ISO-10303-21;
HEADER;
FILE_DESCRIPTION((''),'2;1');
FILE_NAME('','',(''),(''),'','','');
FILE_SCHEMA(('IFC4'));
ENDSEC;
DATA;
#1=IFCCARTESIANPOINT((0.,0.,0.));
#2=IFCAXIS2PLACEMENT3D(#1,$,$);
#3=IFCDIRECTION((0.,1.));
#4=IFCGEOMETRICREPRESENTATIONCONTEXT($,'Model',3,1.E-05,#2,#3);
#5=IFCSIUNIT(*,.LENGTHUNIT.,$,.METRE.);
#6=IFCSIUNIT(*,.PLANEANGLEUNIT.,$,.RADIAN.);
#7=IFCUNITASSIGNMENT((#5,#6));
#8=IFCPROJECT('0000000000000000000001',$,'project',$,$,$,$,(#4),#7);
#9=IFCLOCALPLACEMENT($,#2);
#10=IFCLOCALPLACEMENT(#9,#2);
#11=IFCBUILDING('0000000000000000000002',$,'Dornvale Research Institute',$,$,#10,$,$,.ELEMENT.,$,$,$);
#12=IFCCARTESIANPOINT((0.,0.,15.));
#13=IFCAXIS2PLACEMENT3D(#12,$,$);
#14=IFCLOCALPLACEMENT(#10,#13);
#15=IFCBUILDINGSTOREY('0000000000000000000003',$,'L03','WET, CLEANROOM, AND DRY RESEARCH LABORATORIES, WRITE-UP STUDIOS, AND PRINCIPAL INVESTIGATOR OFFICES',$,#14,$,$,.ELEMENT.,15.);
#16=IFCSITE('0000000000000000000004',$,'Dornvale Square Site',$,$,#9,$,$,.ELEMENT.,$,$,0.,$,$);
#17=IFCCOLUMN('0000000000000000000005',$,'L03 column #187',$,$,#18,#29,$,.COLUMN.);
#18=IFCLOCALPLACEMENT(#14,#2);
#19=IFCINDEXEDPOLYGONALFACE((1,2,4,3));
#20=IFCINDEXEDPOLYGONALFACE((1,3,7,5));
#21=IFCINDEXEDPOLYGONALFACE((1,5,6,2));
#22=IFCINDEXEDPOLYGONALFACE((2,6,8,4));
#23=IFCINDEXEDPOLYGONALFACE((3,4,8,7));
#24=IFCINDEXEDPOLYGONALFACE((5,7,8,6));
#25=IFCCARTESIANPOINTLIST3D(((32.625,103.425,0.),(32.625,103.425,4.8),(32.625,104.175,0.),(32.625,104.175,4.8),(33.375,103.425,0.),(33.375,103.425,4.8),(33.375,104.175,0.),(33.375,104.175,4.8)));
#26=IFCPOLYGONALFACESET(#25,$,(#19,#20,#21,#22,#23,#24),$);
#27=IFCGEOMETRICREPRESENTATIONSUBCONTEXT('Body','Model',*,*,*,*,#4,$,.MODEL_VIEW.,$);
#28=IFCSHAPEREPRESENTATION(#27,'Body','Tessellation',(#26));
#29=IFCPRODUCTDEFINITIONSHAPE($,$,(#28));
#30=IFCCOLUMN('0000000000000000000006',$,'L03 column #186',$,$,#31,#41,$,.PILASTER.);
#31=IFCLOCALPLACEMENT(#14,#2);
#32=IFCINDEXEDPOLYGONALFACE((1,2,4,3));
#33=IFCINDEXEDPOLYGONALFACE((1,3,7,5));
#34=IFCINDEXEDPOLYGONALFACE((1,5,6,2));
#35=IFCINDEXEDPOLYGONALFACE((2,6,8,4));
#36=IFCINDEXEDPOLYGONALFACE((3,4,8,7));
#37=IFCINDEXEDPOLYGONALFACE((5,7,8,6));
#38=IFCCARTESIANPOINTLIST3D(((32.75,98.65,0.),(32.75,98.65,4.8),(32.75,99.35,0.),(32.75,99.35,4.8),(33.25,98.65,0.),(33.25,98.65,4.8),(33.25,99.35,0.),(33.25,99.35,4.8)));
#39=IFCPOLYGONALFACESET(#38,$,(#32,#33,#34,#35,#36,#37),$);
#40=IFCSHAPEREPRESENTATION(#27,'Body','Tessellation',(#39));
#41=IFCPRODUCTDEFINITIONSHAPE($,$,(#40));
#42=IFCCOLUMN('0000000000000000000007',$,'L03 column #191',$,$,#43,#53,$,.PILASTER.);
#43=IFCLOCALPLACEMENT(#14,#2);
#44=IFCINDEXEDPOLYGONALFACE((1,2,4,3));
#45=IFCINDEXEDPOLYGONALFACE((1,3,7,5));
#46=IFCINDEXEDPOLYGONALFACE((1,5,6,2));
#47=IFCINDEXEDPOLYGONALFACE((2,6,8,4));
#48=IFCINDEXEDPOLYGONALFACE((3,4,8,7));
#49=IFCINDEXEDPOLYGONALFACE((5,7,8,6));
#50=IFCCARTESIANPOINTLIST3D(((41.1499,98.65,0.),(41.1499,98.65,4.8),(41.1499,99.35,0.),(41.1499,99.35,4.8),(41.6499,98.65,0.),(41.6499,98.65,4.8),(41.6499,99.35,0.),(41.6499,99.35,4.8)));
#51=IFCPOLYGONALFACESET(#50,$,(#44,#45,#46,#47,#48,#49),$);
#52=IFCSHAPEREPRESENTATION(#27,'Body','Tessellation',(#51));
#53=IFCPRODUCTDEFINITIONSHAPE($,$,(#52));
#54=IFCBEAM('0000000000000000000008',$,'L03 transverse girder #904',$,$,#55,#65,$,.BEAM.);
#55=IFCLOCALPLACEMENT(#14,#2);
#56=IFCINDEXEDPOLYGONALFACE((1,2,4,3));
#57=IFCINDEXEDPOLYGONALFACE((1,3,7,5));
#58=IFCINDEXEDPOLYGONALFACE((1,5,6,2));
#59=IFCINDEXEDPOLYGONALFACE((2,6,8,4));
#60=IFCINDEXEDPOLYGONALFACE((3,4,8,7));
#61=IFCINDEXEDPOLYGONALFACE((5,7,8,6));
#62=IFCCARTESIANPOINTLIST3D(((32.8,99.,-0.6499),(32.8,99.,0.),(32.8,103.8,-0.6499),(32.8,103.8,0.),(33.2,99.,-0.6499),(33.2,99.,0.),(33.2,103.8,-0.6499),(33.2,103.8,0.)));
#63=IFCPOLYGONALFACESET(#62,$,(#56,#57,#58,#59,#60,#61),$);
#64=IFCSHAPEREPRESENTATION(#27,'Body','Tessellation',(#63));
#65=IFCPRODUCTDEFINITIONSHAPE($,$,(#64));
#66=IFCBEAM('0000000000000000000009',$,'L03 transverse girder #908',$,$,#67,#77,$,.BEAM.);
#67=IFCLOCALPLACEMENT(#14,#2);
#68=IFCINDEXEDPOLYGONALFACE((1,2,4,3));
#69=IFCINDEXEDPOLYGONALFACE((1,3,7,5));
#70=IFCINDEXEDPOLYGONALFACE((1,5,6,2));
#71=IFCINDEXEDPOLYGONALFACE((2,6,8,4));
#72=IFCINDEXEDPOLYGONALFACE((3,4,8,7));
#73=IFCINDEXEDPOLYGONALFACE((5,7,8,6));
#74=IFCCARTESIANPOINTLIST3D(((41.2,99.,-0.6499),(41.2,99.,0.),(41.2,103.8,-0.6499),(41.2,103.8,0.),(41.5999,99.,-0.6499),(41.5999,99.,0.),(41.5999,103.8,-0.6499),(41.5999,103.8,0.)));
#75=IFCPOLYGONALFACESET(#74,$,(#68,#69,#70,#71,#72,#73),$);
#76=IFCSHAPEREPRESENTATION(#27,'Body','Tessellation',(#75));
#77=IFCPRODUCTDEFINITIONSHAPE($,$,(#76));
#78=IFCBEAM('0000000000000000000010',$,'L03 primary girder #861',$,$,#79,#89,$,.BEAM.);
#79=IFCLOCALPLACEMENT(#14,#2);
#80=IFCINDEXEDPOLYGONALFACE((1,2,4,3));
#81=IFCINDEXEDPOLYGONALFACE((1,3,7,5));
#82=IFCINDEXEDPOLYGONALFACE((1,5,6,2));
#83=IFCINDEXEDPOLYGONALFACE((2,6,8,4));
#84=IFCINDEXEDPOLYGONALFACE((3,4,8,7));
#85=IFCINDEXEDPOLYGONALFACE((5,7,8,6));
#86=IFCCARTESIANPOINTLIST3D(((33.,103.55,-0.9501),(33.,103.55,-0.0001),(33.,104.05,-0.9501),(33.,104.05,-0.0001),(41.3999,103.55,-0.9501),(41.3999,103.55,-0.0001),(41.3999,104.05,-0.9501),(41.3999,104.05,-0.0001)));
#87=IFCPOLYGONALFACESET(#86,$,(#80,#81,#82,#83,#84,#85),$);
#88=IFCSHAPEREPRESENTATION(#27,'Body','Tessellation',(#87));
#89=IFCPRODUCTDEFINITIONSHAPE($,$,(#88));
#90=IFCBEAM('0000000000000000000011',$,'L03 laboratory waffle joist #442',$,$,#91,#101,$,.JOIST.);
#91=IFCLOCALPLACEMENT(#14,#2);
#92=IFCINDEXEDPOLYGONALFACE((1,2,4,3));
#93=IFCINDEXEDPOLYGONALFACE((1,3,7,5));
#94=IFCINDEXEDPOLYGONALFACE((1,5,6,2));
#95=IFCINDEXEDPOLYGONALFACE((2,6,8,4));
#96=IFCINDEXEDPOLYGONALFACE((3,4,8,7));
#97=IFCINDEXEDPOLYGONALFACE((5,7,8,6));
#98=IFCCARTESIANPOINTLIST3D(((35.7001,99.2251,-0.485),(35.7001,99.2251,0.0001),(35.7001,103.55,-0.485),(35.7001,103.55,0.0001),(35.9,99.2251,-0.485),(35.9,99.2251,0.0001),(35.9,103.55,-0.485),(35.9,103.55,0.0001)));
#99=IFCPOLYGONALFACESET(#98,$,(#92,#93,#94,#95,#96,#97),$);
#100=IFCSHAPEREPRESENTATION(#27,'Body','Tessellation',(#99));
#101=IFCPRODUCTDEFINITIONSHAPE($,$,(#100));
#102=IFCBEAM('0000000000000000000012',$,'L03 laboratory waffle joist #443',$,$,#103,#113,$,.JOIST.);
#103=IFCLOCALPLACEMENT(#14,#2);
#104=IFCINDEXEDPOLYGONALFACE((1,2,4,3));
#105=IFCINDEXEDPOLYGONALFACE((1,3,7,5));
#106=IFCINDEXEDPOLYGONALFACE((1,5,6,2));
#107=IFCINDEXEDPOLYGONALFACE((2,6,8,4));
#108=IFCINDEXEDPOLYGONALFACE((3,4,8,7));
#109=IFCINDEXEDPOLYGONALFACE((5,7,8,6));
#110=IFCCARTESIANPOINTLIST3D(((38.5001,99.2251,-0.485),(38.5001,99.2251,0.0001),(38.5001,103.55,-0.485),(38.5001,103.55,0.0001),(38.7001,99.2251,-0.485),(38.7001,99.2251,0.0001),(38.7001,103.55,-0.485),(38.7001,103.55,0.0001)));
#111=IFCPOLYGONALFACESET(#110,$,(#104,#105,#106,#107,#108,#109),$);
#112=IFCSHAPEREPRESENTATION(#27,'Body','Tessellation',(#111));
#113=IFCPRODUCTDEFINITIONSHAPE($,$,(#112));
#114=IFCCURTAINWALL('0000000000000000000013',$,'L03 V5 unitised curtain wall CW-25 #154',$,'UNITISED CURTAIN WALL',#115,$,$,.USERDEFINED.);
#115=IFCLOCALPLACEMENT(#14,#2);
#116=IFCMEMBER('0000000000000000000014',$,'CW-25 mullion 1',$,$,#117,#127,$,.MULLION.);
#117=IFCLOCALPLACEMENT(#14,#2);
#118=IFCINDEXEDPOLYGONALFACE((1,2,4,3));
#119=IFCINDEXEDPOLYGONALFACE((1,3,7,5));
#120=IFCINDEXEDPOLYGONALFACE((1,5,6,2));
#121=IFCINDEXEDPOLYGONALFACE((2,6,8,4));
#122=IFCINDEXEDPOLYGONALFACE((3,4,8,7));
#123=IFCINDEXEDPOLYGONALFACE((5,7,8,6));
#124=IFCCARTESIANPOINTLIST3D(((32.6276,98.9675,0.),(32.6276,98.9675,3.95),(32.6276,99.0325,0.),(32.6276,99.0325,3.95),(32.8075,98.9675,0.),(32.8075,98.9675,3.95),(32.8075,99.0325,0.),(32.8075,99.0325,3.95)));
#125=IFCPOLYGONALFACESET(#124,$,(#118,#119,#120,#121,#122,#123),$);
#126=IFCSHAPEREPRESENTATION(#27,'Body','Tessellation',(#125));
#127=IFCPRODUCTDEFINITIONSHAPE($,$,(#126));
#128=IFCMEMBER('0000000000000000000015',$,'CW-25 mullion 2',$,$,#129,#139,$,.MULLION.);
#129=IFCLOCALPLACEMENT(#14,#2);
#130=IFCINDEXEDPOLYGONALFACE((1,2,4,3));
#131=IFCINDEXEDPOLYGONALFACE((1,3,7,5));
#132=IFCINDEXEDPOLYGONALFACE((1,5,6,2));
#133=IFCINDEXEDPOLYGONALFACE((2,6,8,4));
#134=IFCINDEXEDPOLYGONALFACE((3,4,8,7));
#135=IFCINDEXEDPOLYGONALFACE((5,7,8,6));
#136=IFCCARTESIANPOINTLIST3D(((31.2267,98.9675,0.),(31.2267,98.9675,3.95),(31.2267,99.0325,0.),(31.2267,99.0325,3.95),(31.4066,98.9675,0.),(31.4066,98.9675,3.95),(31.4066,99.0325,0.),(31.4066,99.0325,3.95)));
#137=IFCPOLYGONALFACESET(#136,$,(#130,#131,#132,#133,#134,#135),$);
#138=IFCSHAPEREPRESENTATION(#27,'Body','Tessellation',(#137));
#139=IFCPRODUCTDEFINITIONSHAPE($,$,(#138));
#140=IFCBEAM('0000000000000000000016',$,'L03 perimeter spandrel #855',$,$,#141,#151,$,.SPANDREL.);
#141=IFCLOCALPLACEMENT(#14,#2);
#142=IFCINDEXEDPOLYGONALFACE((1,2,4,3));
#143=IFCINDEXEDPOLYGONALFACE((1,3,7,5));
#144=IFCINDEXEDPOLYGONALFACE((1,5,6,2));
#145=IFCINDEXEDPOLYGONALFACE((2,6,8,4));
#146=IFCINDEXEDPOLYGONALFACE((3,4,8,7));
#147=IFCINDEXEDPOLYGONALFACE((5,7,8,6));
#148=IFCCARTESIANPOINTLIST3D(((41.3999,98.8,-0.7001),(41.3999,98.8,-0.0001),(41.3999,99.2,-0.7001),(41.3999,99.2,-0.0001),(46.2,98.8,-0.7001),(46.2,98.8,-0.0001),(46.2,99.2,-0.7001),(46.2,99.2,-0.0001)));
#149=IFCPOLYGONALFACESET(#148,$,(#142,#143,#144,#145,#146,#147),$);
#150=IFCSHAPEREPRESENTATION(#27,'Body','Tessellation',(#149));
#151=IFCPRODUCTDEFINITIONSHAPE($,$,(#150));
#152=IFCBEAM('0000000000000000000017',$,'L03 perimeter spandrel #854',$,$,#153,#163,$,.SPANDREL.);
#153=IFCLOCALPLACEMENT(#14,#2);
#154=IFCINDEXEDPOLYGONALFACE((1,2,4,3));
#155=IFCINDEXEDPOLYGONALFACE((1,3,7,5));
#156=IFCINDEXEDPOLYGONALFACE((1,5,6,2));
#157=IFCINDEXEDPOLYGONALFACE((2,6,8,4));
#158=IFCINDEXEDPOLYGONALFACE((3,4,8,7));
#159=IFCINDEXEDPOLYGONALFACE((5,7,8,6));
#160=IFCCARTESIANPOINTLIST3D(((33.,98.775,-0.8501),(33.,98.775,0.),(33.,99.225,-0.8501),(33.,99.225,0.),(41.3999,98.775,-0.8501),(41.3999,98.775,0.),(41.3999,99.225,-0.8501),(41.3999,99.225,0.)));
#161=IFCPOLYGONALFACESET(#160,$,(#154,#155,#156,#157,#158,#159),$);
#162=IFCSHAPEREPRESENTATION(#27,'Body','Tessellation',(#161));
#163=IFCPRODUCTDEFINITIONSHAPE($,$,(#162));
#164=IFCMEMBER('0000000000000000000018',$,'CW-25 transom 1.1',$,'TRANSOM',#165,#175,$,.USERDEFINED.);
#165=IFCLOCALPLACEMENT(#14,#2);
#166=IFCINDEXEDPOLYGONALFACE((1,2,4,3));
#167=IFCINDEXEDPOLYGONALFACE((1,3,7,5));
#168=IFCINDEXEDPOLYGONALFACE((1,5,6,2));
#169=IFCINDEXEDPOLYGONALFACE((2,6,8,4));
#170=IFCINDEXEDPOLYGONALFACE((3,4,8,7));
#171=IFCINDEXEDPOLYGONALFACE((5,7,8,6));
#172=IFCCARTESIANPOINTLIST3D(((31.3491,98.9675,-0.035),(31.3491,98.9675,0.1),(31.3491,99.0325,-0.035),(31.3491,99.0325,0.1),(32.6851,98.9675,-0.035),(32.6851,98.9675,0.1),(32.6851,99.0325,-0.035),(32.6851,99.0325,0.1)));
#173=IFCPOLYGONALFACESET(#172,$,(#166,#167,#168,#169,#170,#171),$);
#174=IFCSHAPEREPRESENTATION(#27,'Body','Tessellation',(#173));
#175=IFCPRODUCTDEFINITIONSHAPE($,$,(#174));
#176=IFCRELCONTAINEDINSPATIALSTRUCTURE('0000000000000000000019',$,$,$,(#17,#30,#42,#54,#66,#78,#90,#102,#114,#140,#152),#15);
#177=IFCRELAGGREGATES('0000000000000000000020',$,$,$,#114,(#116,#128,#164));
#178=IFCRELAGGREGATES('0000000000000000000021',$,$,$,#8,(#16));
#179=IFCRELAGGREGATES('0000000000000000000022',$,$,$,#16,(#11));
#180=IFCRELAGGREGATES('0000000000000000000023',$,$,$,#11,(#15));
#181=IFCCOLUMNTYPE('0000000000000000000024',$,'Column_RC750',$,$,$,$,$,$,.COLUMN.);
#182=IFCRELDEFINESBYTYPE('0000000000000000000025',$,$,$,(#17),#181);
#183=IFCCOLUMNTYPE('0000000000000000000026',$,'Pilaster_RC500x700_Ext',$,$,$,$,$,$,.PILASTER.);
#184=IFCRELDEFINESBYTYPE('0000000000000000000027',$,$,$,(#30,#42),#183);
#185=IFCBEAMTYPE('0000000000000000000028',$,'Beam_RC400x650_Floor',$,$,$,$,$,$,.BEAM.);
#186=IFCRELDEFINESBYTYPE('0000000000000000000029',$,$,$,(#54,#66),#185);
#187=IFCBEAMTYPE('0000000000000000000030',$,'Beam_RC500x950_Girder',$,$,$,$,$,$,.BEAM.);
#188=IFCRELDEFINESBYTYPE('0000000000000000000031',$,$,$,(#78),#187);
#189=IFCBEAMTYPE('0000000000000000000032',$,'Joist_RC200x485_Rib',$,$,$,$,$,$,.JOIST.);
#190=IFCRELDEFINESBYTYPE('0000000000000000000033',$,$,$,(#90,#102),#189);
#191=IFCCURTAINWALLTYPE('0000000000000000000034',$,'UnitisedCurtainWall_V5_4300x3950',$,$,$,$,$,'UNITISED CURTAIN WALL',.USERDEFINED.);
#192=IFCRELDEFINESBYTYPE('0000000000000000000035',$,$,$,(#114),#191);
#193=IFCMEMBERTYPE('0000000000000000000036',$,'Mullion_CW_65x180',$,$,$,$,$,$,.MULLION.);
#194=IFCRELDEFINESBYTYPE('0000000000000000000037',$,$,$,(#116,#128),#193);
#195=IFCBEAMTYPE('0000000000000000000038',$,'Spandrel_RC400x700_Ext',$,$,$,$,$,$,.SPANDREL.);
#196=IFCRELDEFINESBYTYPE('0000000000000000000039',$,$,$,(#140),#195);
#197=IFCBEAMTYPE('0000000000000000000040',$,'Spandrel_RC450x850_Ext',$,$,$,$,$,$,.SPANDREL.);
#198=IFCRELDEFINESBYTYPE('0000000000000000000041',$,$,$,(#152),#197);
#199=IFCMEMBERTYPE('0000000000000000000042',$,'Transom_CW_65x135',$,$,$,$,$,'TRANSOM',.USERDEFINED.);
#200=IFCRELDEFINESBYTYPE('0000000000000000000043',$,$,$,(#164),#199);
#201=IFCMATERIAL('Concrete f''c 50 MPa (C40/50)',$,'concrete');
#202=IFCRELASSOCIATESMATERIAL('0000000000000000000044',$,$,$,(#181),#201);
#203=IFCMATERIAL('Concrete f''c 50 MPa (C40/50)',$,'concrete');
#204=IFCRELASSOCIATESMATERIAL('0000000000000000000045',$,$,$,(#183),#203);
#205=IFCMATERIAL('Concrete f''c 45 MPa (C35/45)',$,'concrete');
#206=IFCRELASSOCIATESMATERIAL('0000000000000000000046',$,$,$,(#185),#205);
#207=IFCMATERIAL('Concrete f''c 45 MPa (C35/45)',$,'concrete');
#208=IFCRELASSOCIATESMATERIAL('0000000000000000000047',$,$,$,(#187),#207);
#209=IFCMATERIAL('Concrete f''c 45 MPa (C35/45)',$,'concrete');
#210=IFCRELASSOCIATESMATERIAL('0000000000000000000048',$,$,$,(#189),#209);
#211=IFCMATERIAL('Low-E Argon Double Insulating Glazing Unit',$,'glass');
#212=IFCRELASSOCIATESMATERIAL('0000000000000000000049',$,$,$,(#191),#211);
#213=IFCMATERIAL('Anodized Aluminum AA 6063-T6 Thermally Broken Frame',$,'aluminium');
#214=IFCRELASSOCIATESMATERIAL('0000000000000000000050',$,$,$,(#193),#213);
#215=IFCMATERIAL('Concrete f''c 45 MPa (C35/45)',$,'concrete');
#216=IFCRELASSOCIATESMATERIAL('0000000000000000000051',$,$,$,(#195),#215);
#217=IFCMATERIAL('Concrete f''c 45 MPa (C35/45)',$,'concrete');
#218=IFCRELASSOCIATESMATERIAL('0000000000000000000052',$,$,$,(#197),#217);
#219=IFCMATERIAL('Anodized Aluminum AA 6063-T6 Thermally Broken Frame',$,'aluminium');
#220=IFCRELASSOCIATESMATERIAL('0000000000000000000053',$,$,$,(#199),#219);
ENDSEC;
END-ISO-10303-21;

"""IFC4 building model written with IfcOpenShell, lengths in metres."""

from ifc_helpers import new_model, si_unit, direction, frame, origin, origin_2d, place, context, subcontext, project, spatial, rectangle, extrude, material, material_profile, profile_set, type_object, element, aggregate, save


model = new_model("IFC4")

# Units and contexts
model_context = context("Model", 3, precision=1e-05, world=origin(), true_north=direction((0.0, 1.0)))
body_context = subcontext(model_context, "Body", "Model", "MODEL_VIEW")
ifc_project = project(units=[si_unit("LENGTHUNIT", "METRE"), si_unit("PLANEANGLEUNIT", "RADIAN")], contexts=[model_context])

# Site, building, storey
site_placement = place(None, origin())
site = spatial("IfcSite", under=ifc_project, at=site_placement, Name="Dornvale Square Site", CompositionType="ELEMENT", RefElevation=0.0)
building_placement = place(site_placement, origin())
building = spatial("IfcBuilding", under=site, at=building_placement, Name="Dornvale Research Institute", CompositionType="ELEMENT")
storey_placement = place(building_placement, frame((0.0, 0.0, 15.0)))
storey = spatial("IfcBuildingStorey", under=building, at=storey_placement, Name="L03", Description="WET, CLEANROOM, AND DRY RESEARCH LABORATORIES, WRITE-UP STUDIOS, AND PRINCIPAL INVESTIGATOR OFFICES", CompositionType="ELEMENT", Elevation=15.0)

# Columns
ifc_material_1 = material(Name="Concrete f'c 50 MPa (C40/50)", Category="concrete")
ifc_material_profile_1 = material_profile(ifc_material_1, rectangle(XDim=0.75, YDim=0.75, at=origin_2d()), Name="RC 750x750")
ifc_profile_set_1 = profile_set([ifc_material_profile_1], Name="Concrete f'c 50 MPa (C40/50)")
column_type_1 = type_object("IfcColumnType", Name="Column_RC750", PredefinedType="COLUMN", material=ifc_profile_set_1)
column_placement = place(storey_placement, frame((33.0, 103.8, 0.0), z_axis=(0.0, 0.0, 1.0), x_axis=(1.0, 0.0, 0.0)))
element("IfcColumn", 1, at=column_placement, inside=storey, type_object=column_type_1, Name="L03 column #187", PredefinedType="COLUMN", context=body_context, shape_type="SweptSolid", body=[
    extrude(rectangle(XDim=0.75, YDim=0.75, at=origin_2d()), origin(), (0.0, 0.0, 1.0), 4.8),
])
ifc_material_2 = material(Name="Concrete f'c 50 MPa (C40/50)", Category="concrete")
ifc_material_profile_2 = material_profile(ifc_material_2, rectangle(XDim=0.5, YDim=0.7, at=origin_2d()), Name="RC 500x700")
ifc_profile_set_2 = profile_set([ifc_material_profile_2], Name="Concrete f'c 50 MPa (C40/50)")
column_type_2 = type_object("IfcColumnType", Name="Pilaster_RC500x700_Ext", PredefinedType="PILASTER", material=ifc_profile_set_2)
for number, where, z_axis, x_axis, name in (
    (2, (33.0, 99.0, 0.0), (0.0, 0.0, 1.0), (1.0, 0.0, 0.0), "L03 column #186"),
    (3, (41.3999, 99.0, 0.0), (0.0, 0.0, 1.0), (1.0, 0.0, 0.0), "L03 column #191"),
):
    element("IfcColumn", number, at=place(storey_placement, frame(where, z_axis=z_axis, x_axis=x_axis)), inside=storey, type_object=column_type_2, Name=name, PredefinedType="PILASTER", context=body_context, shape_type="SweptSolid", body=[
        extrude(rectangle(XDim=0.5, YDim=0.7, at=origin_2d()), origin(), (0.0, 0.0, 1.0), 4.8),
    ])

# Beams
ifc_material_3 = material(Name="Concrete f'c 45 MPa (C35/45)", Category="concrete")
ifc_material_profile_3 = material_profile(ifc_material_3, rectangle(XDim=0.3999, YDim=0.6499, at=origin_2d()), Name="RC 400x650")
ifc_profile_set_3 = profile_set([ifc_material_profile_3], Name="Concrete f'c 45 MPa (C35/45)")
beam_type_1 = type_object("IfcBeamType", Name="Beam_RC400x650_Floor", PredefinedType="BEAM", material=ifc_profile_set_3)
for number, where, z_axis, x_axis, name in (
    (4, (33.0, 99.0, -0.325), (0.0, 1.0, 0.0), (-1.0, 0.0, 0.0), "L03 transverse girder #904"),
    (5, (41.3999, 99.0, -0.325), (0.0, 1.0, 0.0), (-1.0, 0.0, 0.0), "L03 transverse girder #908"),
):
    element("IfcBeam", number, at=place(storey_placement, frame(where, z_axis=z_axis, x_axis=x_axis)), inside=storey, type_object=beam_type_1, Name=name, PredefinedType="BEAM", context=body_context, shape_type="SweptSolid", body=[
        extrude(rectangle(XDim=0.3999, YDim=0.6499, at=origin_2d()), origin(), (0.0, 0.0, 1.0), 4.8),
    ])
ifc_material_4 = material(Name="Concrete f'c 45 MPa (C35/45)", Category="concrete")
ifc_material_profile_4 = material_profile(ifc_material_4, rectangle(XDim=0.5, YDim=0.95, at=origin_2d()), Name="RC 500x950")
ifc_profile_set_4 = profile_set([ifc_material_profile_4], Name="Concrete f'c 45 MPa (C35/45)")
beam_type_2 = type_object("IfcBeamType", Name="Beam_RC500x950_Girder", PredefinedType="BEAM", material=ifc_profile_set_4)
beam_1_placement = place(storey_placement, frame((33.0, 103.8, -0.4751), z_axis=(1.0, 0.0, 0.0), x_axis=(0.0, 1.0, 0.0)))
element("IfcBeam", 6, at=beam_1_placement, inside=storey, type_object=beam_type_2, Name="L03 primary girder #861", PredefinedType="BEAM", context=body_context, shape_type="SweptSolid", body=[
    extrude(rectangle(XDim=0.5, YDim=0.95, at=origin_2d()), origin(), (0.0, 0.0, 1.0), 8.3999),
])
ifc_material_5 = material(Name="Concrete f'c 45 MPa (C35/45)", Category="concrete")
ifc_material_profile_5 = material_profile(ifc_material_5, rectangle(XDim=0.2, YDim=0.4851, at=origin_2d()), Name="RC 200x485")
ifc_profile_set_5 = profile_set([ifc_material_profile_5], Name="Concrete f'c 45 MPa (C35/45)")
beam_type_3 = type_object("IfcBeamType", Name="Joist_RC200x485_Rib", PredefinedType="JOIST", material=ifc_profile_set_5)
for number, where, z_axis, x_axis, name in (
    (7, (35.8, 99.2251, -0.2424), (0.0, 1.0, 0.0), (-1.0, 0.0, 0.0), "L03 laboratory waffle joist #442"),
    (8, (38.6001, 99.2251, -0.2424), (0.0, 1.0, 0.0), (-1.0, 0.0, 0.0), "L03 laboratory waffle joist #443"),
):
    element("IfcBeam", number, at=place(storey_placement, frame(where, z_axis=z_axis, x_axis=x_axis)), inside=storey, type_object=beam_type_3, Name=name, PredefinedType="JOIST", context=body_context, shape_type="SweptSolid", body=[
        extrude(rectangle(XDim=0.2, YDim=0.4851, at=origin_2d()), origin(), (0.0, 0.0, 1.0), 4.325),
    ])

# Curtain wall, members
ifc_material_6 = material(Name="Low-E Argon Double Insulating Glazing Unit", Category="glass")
curtain_wall_type = type_object("IfcCurtainWallType", Name="UnitisedCurtainWall_V5_4300x3950", ElementType="UNITISED CURTAIN WALL", PredefinedType="USERDEFINED", material=ifc_material_6)
curtain_wall_placement = place(storey_placement, origin())
curtain_wall = element("IfcCurtainWall", 9, at=curtain_wall_placement, inside=storey, type_object=curtain_wall_type, Name="L03 V5 unitised curtain wall CW-25 #154", ObjectType="UNITISED CURTAIN WALL", PredefinedType="USERDEFINED")
ifc_material_7 = material(Name="Anodized Aluminum AA 6063-T6 Thermally Broken Frame", Category="aluminium")
ifc_material_profile_6 = material_profile(ifc_material_7, rectangle(XDim=0.0649, YDim=0.1799, at=origin_2d()), Name="ALU MULLION 65x180")
ifc_profile_set_6 = profile_set([ifc_material_profile_6], Name="Anodized Aluminum AA 6063-T6 Thermally Broken Frame")
member_type_1 = type_object("IfcMemberType", Name="Mullion_CW_65x180", PredefinedType="MULLION", material=ifc_profile_set_6)
member_1_placement = place(storey_placement, frame((32.7175, 99.0, 0.0), z_axis=(0.0, 0.0, 1.0), x_axis=(0.0, -1.0, 0.0)))
member_1 = element("IfcMember", 10, at=member_1_placement, type_object=member_type_1, Name="CW-25 mullion 1", PredefinedType="MULLION", context=body_context, shape_type="SweptSolid", body=[
    extrude(rectangle(XDim=0.0649, YDim=0.1799, at=origin_2d()), origin(), (0.0, 0.0, 1.0), 3.95),
])
member_2_placement = place(storey_placement, frame((31.3167, 99.0, 0.0), z_axis=(0.0, 0.0, 1.0), x_axis=(0.0, -1.0, 0.0)))
member_2 = element("IfcMember", 11, at=member_2_placement, type_object=member_type_1, Name="CW-25 mullion 2", PredefinedType="MULLION", context=body_context, shape_type="SweptSolid", body=[
    extrude(rectangle(XDim=0.0649, YDim=0.1799, at=origin_2d()), origin(), (0.0, 0.0, 1.0), 3.95),
])

# Beams
ifc_material_8 = material(Name="Concrete f'c 45 MPa (C35/45)", Category="concrete")
ifc_material_profile_7 = material_profile(ifc_material_8, rectangle(XDim=0.3999, YDim=0.7, at=origin_2d()), Name="RC 400x700")
ifc_profile_set_7 = profile_set([ifc_material_profile_7], Name="Concrete f'c 45 MPa (C35/45)")
beam_type_4 = type_object("IfcBeamType", Name="Spandrel_RC400x700_Ext", PredefinedType="SPANDREL", material=ifc_profile_set_7)
beam_2_placement = place(storey_placement, frame((41.3999, 99.0, -0.3501), z_axis=(1.0, 0.0, 0.0), x_axis=(0.0, 1.0, 0.0)))
element("IfcBeam", 12, at=beam_2_placement, inside=storey, type_object=beam_type_4, Name="L03 perimeter spandrel #855", PredefinedType="SPANDREL", context=body_context, shape_type="SweptSolid", body=[
    extrude(rectangle(XDim=0.3999, YDim=0.7, at=origin_2d()), origin(), (0.0, 0.0, 1.0), 4.8),
])
ifc_material_9 = material(Name="Concrete f'c 45 MPa (C35/45)", Category="concrete")
ifc_material_profile_8 = material_profile(ifc_material_9, rectangle(XDim=0.45, YDim=0.8501, at=origin_2d()), Name="RC 450x850")
ifc_profile_set_8 = profile_set([ifc_material_profile_8], Name="Concrete f'c 45 MPa (C35/45)")
beam_type_5 = type_object("IfcBeamType", Name="Spandrel_RC450x850_Ext", PredefinedType="SPANDREL", material=ifc_profile_set_8)
beam_3_placement = place(storey_placement, frame((33.0, 99.0, -0.425), z_axis=(1.0, 0.0, 0.0), x_axis=(0.0, 1.0, 0.0)))
element("IfcBeam", 13, at=beam_3_placement, inside=storey, type_object=beam_type_5, Name="L03 perimeter spandrel #854", PredefinedType="SPANDREL", context=body_context, shape_type="SweptSolid", body=[
    extrude(rectangle(XDim=0.45, YDim=0.8501, at=origin_2d()), origin(), (0.0, 0.0, 1.0), 8.3999),
])

# Member
ifc_material_10 = material(Name="Anodized Aluminum AA 6063-T6 Thermally Broken Frame", Category="aluminium")
ifc_material_profile_9 = material_profile(ifc_material_10, rectangle(XDim=0.0649, YDim=0.135, at=origin_2d()), Name="ALU TRANSOM 65x135")
ifc_profile_set_9 = profile_set([ifc_material_profile_9], Name="Anodized Aluminum AA 6063-T6 Thermally Broken Frame")
member_type_2 = type_object("IfcMemberType", Name="Transom_CW_65x135", ElementType="TRANSOM", PredefinedType="USERDEFINED", material=ifc_profile_set_9)
member_3_placement = place(storey_placement, frame((32.6851, 99.0, 0.0325), z_axis=(-1.0, 0.0, 0.0), x_axis=(0.0, -1.0, 0.0)))
member_3 = element("IfcMember", 14, at=member_3_placement, type_object=member_type_2, Name="CW-25 transom 1.1", ObjectType="TRANSOM", PredefinedType="USERDEFINED", context=body_context, shape_type="SweptSolid", body=[
    extrude(rectangle(XDim=0.0649, YDim=0.135, at=origin_2d()), origin(), (0.0, 0.0, 1.0), 1.3359),
])

aggregate(curtain_wall, [member_1, member_2, member_3])

save(model, "model.ifc")
